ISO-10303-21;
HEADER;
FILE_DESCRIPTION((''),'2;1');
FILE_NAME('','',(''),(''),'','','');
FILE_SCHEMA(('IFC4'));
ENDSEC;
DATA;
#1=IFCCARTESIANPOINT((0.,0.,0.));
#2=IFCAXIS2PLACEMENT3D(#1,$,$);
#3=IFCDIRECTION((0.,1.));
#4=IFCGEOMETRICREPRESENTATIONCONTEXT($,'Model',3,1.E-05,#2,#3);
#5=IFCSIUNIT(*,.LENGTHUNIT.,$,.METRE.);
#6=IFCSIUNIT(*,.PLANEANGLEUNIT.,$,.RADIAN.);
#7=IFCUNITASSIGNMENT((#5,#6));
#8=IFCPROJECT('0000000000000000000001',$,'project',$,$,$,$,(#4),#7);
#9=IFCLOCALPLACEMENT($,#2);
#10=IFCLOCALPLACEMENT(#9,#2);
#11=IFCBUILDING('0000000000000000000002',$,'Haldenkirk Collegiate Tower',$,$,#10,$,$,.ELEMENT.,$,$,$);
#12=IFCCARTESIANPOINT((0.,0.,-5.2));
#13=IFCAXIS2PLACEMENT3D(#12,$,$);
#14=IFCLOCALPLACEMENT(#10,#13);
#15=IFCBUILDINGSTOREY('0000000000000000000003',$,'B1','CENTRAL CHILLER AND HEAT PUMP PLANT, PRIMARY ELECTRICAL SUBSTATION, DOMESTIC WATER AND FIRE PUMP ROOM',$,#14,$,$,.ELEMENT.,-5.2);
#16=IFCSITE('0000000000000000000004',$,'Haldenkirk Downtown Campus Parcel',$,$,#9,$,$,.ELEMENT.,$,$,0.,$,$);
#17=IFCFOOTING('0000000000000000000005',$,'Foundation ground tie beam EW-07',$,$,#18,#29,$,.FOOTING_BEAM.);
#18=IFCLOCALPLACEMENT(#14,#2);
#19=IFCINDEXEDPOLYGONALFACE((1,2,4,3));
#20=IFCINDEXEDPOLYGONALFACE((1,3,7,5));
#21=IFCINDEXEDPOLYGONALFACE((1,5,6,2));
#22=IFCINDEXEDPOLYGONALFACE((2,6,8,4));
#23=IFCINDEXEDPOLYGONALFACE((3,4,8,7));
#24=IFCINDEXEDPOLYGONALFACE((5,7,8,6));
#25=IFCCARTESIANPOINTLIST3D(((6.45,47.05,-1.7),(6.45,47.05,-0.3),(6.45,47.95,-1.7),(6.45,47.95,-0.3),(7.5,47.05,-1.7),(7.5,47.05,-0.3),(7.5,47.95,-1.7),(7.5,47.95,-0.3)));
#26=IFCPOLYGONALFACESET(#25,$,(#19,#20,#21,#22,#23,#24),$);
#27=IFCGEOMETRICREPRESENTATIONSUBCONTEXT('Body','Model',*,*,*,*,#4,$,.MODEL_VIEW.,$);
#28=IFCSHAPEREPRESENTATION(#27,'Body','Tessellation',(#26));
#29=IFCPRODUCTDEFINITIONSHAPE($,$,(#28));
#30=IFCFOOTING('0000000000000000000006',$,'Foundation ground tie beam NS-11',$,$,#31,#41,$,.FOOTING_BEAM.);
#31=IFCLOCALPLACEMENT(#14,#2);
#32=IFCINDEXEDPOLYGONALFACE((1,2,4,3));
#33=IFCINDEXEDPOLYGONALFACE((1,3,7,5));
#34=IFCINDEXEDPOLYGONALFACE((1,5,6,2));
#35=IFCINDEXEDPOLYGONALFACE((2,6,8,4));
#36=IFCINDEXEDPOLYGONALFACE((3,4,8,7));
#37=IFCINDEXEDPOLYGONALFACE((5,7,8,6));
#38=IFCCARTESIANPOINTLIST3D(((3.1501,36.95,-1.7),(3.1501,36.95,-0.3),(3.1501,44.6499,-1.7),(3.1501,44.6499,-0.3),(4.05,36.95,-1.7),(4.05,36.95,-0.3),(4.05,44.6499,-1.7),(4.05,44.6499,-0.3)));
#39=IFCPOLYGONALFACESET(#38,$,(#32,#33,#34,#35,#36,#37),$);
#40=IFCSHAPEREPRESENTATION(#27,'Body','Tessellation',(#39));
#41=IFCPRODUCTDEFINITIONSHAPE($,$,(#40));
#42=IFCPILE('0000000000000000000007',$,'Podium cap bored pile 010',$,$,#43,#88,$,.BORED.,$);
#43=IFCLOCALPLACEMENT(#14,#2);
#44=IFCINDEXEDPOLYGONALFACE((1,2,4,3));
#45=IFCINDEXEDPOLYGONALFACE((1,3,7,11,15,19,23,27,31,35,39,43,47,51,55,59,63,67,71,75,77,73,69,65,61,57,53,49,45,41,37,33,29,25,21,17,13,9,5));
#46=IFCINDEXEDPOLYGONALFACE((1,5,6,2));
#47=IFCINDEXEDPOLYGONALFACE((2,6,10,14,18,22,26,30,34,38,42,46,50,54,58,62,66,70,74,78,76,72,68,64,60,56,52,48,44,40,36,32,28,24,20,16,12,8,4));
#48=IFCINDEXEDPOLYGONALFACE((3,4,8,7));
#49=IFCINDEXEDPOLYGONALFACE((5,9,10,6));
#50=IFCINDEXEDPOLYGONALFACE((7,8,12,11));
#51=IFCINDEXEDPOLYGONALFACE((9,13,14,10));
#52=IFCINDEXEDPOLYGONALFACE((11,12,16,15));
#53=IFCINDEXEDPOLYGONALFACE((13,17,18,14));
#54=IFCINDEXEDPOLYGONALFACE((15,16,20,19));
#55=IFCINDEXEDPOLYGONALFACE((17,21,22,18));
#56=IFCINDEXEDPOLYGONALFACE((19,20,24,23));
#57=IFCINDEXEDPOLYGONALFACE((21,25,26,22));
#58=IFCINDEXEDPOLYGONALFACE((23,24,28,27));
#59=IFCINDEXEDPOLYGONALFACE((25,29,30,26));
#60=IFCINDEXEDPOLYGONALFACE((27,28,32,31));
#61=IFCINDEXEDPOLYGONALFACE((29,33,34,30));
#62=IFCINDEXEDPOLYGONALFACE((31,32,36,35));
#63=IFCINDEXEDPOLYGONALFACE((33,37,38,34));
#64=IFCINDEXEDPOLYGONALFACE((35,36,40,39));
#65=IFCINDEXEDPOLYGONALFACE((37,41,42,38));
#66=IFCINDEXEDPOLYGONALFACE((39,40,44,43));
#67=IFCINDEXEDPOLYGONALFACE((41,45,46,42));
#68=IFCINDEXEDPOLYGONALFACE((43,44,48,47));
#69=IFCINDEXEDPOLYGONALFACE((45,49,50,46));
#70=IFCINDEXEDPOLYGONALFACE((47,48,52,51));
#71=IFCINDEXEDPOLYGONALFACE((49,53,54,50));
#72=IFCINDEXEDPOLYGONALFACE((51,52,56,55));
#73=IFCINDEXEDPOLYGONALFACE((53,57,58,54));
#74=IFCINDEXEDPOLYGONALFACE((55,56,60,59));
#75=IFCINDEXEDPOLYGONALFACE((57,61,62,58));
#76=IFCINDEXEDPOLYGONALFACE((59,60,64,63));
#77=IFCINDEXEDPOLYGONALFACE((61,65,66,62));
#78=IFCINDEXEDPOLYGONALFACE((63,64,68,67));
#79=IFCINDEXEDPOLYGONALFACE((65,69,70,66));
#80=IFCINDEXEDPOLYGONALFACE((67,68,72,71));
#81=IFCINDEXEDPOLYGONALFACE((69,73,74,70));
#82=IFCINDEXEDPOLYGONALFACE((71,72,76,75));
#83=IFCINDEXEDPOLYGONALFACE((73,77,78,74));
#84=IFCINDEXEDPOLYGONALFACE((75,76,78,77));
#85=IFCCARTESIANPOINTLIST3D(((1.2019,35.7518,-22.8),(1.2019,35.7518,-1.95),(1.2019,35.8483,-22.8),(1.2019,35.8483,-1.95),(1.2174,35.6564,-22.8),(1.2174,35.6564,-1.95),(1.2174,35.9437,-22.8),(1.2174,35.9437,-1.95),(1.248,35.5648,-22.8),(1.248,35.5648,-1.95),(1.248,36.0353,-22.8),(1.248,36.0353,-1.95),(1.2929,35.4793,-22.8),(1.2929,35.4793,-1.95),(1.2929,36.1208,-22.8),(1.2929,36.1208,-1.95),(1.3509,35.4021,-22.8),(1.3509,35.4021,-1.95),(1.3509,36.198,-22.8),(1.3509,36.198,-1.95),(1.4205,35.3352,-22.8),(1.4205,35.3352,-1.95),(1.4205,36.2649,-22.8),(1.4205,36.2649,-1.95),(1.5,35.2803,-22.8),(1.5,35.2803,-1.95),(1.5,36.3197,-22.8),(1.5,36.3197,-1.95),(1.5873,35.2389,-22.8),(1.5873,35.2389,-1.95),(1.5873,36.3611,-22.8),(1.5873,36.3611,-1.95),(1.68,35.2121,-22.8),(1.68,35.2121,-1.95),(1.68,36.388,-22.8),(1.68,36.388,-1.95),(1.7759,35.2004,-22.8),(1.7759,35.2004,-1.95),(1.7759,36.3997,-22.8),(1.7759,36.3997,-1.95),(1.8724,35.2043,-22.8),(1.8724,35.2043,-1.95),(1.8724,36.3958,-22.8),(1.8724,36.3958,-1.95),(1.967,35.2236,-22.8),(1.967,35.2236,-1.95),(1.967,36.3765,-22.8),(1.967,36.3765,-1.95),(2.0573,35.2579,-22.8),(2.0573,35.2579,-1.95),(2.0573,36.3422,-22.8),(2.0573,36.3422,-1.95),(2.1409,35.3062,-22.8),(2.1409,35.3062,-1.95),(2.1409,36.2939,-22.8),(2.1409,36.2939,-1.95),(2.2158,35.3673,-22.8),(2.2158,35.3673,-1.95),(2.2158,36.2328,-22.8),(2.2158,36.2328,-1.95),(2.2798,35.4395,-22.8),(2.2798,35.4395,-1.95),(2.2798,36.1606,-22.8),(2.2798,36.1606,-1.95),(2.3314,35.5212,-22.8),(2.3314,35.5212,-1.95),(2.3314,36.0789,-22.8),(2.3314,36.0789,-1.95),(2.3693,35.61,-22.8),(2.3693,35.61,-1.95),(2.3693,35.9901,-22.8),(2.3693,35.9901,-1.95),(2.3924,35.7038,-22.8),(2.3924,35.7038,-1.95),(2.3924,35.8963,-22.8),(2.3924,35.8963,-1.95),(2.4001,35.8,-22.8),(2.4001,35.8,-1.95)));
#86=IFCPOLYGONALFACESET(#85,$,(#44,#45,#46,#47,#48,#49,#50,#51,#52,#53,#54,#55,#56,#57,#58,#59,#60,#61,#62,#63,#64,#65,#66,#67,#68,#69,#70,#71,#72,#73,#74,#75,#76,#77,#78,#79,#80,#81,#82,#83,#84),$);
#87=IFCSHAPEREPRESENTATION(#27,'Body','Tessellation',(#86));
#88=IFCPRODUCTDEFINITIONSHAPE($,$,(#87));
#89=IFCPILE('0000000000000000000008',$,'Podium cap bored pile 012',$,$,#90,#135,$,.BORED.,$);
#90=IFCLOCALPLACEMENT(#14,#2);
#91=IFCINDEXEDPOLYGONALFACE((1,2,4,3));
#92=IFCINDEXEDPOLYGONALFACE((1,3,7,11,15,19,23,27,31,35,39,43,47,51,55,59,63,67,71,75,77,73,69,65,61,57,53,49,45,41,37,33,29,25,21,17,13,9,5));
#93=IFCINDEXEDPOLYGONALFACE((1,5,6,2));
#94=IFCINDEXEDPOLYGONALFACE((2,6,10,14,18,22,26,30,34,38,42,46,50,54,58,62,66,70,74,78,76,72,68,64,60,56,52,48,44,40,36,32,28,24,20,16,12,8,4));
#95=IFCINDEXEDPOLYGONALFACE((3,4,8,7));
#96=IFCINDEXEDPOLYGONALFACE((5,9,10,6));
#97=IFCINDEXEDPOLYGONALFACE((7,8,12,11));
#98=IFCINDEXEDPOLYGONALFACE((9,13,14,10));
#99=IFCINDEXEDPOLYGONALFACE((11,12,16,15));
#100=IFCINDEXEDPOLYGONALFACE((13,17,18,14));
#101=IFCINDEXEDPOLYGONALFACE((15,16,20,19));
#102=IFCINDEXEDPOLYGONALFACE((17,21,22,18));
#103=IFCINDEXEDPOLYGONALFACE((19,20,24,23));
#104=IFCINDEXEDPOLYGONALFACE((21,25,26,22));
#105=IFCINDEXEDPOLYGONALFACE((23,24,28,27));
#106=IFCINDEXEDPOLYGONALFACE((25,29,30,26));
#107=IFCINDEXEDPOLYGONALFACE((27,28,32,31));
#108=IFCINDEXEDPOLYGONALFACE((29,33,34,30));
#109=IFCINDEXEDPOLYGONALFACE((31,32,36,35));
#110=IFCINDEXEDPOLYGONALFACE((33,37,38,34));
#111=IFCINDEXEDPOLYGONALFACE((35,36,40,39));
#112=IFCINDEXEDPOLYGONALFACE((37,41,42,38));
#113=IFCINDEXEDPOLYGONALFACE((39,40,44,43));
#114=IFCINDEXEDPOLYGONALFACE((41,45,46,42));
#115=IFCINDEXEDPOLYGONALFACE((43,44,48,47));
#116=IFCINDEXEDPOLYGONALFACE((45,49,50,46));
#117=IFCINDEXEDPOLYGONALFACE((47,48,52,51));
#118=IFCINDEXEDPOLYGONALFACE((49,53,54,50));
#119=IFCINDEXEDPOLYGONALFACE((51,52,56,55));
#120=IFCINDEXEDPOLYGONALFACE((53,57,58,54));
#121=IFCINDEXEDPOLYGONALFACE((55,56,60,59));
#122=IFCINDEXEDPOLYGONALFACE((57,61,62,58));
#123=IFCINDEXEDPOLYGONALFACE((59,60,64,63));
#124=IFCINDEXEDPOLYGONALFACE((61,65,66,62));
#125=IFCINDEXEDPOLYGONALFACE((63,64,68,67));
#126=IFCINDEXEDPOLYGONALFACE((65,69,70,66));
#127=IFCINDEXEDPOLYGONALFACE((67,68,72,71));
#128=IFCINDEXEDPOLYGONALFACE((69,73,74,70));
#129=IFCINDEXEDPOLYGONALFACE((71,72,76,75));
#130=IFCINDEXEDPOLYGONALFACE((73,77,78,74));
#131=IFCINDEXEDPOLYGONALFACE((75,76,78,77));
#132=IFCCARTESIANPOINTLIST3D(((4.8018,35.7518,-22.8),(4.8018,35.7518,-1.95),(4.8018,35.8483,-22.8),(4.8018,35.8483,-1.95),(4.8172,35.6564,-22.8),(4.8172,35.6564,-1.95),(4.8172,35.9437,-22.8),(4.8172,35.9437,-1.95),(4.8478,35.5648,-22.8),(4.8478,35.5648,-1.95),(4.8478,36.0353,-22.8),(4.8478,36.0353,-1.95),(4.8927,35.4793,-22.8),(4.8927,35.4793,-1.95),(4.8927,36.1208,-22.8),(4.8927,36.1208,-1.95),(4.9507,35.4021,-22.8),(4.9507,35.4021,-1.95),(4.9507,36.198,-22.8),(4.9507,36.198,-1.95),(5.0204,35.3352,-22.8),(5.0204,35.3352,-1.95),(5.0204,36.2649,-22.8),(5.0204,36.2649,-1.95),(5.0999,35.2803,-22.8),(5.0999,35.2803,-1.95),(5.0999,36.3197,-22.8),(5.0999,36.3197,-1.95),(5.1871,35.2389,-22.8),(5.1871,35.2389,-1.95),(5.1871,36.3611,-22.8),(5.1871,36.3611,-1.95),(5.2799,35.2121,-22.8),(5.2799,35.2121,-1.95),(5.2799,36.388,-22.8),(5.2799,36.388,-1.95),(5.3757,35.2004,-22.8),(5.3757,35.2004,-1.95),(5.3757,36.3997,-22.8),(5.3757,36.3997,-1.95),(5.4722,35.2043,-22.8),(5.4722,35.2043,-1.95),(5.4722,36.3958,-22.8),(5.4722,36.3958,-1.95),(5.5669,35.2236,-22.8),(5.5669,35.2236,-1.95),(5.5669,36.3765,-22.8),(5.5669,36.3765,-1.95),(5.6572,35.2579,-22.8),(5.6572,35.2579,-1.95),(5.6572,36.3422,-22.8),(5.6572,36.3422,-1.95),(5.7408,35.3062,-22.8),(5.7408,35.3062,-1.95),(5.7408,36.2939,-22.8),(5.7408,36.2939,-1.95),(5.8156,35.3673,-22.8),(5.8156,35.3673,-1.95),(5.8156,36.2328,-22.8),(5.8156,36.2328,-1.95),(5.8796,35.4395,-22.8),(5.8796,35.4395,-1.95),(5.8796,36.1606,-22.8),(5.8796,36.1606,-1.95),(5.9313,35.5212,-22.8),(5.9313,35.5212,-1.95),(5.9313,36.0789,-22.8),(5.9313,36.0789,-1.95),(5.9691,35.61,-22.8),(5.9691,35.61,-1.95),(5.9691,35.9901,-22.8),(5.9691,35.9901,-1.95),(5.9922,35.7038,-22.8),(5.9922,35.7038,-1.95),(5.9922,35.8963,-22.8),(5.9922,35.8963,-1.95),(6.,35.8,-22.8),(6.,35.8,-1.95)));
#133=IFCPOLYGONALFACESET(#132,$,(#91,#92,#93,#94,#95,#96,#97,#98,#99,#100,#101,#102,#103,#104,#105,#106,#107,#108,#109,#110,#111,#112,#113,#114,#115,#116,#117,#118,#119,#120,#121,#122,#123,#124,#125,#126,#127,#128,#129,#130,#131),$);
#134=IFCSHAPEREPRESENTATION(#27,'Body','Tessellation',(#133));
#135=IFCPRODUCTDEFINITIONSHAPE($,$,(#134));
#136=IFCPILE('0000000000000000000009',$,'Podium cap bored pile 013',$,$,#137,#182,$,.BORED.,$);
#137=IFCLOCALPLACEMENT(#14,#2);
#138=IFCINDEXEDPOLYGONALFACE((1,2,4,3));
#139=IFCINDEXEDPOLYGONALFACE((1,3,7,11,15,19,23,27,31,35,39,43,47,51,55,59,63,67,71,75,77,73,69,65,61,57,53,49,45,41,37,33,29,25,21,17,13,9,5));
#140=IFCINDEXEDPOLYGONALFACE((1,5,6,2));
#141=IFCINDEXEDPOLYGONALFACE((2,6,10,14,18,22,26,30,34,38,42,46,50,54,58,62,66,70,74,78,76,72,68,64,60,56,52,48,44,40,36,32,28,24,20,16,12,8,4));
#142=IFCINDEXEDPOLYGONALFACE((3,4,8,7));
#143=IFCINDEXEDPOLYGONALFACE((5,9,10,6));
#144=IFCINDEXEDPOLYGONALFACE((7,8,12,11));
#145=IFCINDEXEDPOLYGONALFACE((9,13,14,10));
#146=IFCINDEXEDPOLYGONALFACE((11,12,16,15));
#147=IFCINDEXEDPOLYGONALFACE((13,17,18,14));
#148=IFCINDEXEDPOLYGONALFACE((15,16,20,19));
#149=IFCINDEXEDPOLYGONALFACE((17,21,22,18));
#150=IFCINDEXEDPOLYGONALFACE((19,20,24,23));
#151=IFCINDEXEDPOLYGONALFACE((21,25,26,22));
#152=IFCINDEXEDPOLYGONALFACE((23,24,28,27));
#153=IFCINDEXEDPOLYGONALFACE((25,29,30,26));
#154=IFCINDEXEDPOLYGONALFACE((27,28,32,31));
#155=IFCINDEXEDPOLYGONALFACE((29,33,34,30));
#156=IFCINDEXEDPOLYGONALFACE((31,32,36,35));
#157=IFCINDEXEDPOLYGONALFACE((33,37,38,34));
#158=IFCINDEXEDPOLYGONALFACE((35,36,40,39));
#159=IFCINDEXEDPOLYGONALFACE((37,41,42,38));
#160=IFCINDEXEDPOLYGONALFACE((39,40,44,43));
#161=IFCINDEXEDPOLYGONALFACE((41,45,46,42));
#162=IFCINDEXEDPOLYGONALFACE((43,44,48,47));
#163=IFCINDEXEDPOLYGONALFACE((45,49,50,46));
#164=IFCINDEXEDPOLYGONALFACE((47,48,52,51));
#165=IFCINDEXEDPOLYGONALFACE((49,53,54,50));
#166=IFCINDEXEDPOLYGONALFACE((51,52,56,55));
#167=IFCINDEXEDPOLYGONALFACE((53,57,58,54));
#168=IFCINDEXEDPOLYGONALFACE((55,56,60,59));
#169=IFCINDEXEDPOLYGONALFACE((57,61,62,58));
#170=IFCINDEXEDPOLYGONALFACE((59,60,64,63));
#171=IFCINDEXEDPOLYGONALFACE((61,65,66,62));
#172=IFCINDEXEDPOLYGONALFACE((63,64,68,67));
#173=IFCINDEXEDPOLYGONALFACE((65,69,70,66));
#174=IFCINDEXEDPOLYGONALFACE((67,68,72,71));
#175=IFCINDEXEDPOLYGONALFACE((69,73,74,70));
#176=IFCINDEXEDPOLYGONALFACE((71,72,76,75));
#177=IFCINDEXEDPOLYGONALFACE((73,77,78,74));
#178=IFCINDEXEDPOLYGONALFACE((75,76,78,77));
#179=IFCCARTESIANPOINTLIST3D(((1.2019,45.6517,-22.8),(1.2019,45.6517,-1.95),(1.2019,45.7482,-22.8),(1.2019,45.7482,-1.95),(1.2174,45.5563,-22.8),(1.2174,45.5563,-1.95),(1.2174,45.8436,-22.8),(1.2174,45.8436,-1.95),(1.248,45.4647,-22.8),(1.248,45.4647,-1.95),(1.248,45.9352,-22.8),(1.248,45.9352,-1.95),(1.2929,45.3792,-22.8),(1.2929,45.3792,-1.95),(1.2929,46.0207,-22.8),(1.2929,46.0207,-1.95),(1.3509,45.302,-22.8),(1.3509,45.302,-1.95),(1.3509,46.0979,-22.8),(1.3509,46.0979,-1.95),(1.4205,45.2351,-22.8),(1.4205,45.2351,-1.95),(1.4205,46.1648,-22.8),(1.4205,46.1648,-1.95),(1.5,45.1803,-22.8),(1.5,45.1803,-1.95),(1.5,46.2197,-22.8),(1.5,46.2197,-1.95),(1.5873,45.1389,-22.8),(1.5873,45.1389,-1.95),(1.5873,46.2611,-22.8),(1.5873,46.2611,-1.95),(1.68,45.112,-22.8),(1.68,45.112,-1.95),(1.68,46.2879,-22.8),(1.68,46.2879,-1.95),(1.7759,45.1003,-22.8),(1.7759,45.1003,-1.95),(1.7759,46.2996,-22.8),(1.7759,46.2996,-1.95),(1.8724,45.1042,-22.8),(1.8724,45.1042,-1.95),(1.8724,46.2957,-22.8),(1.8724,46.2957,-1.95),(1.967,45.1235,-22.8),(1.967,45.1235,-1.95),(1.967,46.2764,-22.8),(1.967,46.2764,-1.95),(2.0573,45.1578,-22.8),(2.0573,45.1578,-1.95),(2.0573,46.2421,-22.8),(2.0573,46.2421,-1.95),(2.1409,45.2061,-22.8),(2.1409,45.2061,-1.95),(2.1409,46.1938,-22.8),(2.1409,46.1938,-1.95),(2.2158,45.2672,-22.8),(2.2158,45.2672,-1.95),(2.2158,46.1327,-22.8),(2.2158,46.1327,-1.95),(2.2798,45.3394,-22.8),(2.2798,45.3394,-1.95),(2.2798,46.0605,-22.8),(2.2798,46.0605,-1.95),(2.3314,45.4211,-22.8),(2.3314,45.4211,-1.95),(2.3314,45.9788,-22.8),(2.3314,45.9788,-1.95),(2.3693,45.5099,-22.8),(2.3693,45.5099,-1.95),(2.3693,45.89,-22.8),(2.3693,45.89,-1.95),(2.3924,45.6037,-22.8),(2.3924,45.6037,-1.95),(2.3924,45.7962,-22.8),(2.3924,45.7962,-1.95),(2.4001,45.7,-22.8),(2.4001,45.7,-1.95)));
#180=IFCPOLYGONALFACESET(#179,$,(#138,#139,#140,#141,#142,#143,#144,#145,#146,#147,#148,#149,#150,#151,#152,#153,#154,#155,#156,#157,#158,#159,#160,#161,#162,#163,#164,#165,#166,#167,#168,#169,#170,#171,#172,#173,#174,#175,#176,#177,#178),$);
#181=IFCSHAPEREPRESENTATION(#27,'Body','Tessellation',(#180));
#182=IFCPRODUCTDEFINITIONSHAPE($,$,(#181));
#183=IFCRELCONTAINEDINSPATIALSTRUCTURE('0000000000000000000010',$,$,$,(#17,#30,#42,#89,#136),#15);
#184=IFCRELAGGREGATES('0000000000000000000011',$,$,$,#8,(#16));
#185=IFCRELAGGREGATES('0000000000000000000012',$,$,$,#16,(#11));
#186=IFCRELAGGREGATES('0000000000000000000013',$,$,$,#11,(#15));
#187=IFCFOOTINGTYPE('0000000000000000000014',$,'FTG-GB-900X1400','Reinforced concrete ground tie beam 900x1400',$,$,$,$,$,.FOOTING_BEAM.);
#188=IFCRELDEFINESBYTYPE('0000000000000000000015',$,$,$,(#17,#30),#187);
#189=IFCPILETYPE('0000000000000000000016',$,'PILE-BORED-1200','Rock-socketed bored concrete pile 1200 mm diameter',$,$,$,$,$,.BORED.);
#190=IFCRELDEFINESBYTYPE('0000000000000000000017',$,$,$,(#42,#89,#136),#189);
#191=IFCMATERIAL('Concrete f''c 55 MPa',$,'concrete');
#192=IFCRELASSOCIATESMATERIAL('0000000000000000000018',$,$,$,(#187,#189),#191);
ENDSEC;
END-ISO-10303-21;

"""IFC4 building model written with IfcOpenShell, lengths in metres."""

from ifc_helpers import new_model, si_unit, direction, frame, origin, origin_2d, place, context, subcontext, project, spatial, rectangle, circle, extrude, material, material_profile, profile_set, type_object, element, save


model = new_model("IFC4")

# Units and contexts
model_context = context("Model", 3, precision=1e-05, world=origin(), true_north=direction((0.0, 1.0)))
body_context = subcontext(model_context, "Body", "Model", "MODEL_VIEW")
ifc_project = project(units=[si_unit("LENGTHUNIT", "METRE"), si_unit("PLANEANGLEUNIT", "RADIAN")], contexts=[model_context])

# Site, building, storey
site_placement = place(None, origin())
site = spatial("IfcSite", under=ifc_project, at=site_placement, Name="Haldenkirk Downtown Campus Parcel", CompositionType="ELEMENT", RefElevation=0.0)
building_placement = place(site_placement, origin())
building = spatial("IfcBuilding", under=site, at=building_placement, Name="Haldenkirk Collegiate Tower", CompositionType="ELEMENT")
storey_placement = place(building_placement, frame((0.0, 0.0, -5.2)))
storey = spatial("IfcBuildingStorey", under=building, at=storey_placement, Name="B1", Description="CENTRAL CHILLER AND HEAT PUMP PLANT, PRIMARY ELECTRICAL SUBSTATION, DOMESTIC WATER AND FIRE PUMP ROOM", CompositionType="ELEMENT", Elevation=-5.2)

# Footings
ifc_material_1 = material(Name="Concrete f'c 55 MPa", Category="concrete")
ifc_material_profile_1 = material_profile(ifc_material_1, rectangle(XDim=0.8999, YDim=1.3999, at=origin_2d()), Name="RCGB900X1400")
ifc_profile_set_1 = profile_set([ifc_material_profile_1], Name="Concrete f'c 55 MPa")
footing_type = type_object("IfcFootingType", Name="FTG-GB-900X1400", Description="Reinforced concrete ground tie beam 900x1400", PredefinedType="FOOTING_BEAM", material=ifc_profile_set_1)
footing_1_placement = place(storey_placement, frame((6.45, 47.5, -1.0), z_axis=(1.0, 0.0, 0.0), x_axis=(0.0, 1.0, 0.0)))
element("IfcFooting", 1, at=footing_1_placement, inside=storey, type_object=footing_type, Name="Foundation ground tie beam EW-07", PredefinedType="FOOTING_BEAM", context=body_context, shape_type="SweptSolid", body=[
    extrude(rectangle(XDim=0.8999, YDim=1.3999, at=origin_2d()), origin(), (0.0, 0.0, 1.0), 1.05),
])
footing_2_placement = place(storey_placement, frame((3.6001, 36.95, -1.0), z_axis=(0.0, 1.0, 0.0), x_axis=(-1.0, 0.0, 0.0)))
element("IfcFooting", 2, at=footing_2_placement, inside=storey, type_object=footing_type, Name="Foundation ground tie beam NS-11", PredefinedType="FOOTING_BEAM", context=body_context, shape_type="SweptSolid", body=[
    extrude(rectangle(XDim=0.8999, YDim=1.3999, at=origin_2d()), origin(), (0.0, 0.0, 1.0), 7.7),
])

# Piles
ifc_material_profile_2 = material_profile(ifc_material_1, circle(Radius=0.6001, at=origin_2d()), Name="PILE1200")
ifc_profile_set_2 = profile_set([ifc_material_profile_2], Name="Concrete f'c 55 MPa")
pile_type_1 = type_object("IfcPileType", Name="PILE-BORED-1200", Description="Rock-socketed bored concrete pile 1200 mm diameter", PredefinedType="BORED", material=ifc_profile_set_2)
for number, where, z_axis, x_axis, name in (
    (3, (1.8, 35.8, -1.95), (0.0, 0.0, -1.0), (1.0, 0.0, 0.0), "Podium cap bored pile 010"),
    (4, (5.3999, 35.8, -1.95), (0.0, 0.0, -1.0), (1.0, 0.0, 0.0), "Podium cap bored pile 012"),
    (5, (1.8, 45.7, -1.95), (0.0, 0.0, -1.0), (1.0, 0.0, 0.0), "Podium cap bored pile 013"),
):
    element("IfcPile", number, at=place(storey_placement, frame(where, z_axis=z_axis, x_axis=x_axis)), inside=storey, type_object=pile_type_1, Name=name, PredefinedType="BORED", context=body_context, shape_type="SweptSolid", body=[
        extrude(circle(Radius=0.6001, at=origin_2d()), origin(), (0.0, 0.0, 1.0), 20.8501),
    ])

save(model, "model.ifc")
